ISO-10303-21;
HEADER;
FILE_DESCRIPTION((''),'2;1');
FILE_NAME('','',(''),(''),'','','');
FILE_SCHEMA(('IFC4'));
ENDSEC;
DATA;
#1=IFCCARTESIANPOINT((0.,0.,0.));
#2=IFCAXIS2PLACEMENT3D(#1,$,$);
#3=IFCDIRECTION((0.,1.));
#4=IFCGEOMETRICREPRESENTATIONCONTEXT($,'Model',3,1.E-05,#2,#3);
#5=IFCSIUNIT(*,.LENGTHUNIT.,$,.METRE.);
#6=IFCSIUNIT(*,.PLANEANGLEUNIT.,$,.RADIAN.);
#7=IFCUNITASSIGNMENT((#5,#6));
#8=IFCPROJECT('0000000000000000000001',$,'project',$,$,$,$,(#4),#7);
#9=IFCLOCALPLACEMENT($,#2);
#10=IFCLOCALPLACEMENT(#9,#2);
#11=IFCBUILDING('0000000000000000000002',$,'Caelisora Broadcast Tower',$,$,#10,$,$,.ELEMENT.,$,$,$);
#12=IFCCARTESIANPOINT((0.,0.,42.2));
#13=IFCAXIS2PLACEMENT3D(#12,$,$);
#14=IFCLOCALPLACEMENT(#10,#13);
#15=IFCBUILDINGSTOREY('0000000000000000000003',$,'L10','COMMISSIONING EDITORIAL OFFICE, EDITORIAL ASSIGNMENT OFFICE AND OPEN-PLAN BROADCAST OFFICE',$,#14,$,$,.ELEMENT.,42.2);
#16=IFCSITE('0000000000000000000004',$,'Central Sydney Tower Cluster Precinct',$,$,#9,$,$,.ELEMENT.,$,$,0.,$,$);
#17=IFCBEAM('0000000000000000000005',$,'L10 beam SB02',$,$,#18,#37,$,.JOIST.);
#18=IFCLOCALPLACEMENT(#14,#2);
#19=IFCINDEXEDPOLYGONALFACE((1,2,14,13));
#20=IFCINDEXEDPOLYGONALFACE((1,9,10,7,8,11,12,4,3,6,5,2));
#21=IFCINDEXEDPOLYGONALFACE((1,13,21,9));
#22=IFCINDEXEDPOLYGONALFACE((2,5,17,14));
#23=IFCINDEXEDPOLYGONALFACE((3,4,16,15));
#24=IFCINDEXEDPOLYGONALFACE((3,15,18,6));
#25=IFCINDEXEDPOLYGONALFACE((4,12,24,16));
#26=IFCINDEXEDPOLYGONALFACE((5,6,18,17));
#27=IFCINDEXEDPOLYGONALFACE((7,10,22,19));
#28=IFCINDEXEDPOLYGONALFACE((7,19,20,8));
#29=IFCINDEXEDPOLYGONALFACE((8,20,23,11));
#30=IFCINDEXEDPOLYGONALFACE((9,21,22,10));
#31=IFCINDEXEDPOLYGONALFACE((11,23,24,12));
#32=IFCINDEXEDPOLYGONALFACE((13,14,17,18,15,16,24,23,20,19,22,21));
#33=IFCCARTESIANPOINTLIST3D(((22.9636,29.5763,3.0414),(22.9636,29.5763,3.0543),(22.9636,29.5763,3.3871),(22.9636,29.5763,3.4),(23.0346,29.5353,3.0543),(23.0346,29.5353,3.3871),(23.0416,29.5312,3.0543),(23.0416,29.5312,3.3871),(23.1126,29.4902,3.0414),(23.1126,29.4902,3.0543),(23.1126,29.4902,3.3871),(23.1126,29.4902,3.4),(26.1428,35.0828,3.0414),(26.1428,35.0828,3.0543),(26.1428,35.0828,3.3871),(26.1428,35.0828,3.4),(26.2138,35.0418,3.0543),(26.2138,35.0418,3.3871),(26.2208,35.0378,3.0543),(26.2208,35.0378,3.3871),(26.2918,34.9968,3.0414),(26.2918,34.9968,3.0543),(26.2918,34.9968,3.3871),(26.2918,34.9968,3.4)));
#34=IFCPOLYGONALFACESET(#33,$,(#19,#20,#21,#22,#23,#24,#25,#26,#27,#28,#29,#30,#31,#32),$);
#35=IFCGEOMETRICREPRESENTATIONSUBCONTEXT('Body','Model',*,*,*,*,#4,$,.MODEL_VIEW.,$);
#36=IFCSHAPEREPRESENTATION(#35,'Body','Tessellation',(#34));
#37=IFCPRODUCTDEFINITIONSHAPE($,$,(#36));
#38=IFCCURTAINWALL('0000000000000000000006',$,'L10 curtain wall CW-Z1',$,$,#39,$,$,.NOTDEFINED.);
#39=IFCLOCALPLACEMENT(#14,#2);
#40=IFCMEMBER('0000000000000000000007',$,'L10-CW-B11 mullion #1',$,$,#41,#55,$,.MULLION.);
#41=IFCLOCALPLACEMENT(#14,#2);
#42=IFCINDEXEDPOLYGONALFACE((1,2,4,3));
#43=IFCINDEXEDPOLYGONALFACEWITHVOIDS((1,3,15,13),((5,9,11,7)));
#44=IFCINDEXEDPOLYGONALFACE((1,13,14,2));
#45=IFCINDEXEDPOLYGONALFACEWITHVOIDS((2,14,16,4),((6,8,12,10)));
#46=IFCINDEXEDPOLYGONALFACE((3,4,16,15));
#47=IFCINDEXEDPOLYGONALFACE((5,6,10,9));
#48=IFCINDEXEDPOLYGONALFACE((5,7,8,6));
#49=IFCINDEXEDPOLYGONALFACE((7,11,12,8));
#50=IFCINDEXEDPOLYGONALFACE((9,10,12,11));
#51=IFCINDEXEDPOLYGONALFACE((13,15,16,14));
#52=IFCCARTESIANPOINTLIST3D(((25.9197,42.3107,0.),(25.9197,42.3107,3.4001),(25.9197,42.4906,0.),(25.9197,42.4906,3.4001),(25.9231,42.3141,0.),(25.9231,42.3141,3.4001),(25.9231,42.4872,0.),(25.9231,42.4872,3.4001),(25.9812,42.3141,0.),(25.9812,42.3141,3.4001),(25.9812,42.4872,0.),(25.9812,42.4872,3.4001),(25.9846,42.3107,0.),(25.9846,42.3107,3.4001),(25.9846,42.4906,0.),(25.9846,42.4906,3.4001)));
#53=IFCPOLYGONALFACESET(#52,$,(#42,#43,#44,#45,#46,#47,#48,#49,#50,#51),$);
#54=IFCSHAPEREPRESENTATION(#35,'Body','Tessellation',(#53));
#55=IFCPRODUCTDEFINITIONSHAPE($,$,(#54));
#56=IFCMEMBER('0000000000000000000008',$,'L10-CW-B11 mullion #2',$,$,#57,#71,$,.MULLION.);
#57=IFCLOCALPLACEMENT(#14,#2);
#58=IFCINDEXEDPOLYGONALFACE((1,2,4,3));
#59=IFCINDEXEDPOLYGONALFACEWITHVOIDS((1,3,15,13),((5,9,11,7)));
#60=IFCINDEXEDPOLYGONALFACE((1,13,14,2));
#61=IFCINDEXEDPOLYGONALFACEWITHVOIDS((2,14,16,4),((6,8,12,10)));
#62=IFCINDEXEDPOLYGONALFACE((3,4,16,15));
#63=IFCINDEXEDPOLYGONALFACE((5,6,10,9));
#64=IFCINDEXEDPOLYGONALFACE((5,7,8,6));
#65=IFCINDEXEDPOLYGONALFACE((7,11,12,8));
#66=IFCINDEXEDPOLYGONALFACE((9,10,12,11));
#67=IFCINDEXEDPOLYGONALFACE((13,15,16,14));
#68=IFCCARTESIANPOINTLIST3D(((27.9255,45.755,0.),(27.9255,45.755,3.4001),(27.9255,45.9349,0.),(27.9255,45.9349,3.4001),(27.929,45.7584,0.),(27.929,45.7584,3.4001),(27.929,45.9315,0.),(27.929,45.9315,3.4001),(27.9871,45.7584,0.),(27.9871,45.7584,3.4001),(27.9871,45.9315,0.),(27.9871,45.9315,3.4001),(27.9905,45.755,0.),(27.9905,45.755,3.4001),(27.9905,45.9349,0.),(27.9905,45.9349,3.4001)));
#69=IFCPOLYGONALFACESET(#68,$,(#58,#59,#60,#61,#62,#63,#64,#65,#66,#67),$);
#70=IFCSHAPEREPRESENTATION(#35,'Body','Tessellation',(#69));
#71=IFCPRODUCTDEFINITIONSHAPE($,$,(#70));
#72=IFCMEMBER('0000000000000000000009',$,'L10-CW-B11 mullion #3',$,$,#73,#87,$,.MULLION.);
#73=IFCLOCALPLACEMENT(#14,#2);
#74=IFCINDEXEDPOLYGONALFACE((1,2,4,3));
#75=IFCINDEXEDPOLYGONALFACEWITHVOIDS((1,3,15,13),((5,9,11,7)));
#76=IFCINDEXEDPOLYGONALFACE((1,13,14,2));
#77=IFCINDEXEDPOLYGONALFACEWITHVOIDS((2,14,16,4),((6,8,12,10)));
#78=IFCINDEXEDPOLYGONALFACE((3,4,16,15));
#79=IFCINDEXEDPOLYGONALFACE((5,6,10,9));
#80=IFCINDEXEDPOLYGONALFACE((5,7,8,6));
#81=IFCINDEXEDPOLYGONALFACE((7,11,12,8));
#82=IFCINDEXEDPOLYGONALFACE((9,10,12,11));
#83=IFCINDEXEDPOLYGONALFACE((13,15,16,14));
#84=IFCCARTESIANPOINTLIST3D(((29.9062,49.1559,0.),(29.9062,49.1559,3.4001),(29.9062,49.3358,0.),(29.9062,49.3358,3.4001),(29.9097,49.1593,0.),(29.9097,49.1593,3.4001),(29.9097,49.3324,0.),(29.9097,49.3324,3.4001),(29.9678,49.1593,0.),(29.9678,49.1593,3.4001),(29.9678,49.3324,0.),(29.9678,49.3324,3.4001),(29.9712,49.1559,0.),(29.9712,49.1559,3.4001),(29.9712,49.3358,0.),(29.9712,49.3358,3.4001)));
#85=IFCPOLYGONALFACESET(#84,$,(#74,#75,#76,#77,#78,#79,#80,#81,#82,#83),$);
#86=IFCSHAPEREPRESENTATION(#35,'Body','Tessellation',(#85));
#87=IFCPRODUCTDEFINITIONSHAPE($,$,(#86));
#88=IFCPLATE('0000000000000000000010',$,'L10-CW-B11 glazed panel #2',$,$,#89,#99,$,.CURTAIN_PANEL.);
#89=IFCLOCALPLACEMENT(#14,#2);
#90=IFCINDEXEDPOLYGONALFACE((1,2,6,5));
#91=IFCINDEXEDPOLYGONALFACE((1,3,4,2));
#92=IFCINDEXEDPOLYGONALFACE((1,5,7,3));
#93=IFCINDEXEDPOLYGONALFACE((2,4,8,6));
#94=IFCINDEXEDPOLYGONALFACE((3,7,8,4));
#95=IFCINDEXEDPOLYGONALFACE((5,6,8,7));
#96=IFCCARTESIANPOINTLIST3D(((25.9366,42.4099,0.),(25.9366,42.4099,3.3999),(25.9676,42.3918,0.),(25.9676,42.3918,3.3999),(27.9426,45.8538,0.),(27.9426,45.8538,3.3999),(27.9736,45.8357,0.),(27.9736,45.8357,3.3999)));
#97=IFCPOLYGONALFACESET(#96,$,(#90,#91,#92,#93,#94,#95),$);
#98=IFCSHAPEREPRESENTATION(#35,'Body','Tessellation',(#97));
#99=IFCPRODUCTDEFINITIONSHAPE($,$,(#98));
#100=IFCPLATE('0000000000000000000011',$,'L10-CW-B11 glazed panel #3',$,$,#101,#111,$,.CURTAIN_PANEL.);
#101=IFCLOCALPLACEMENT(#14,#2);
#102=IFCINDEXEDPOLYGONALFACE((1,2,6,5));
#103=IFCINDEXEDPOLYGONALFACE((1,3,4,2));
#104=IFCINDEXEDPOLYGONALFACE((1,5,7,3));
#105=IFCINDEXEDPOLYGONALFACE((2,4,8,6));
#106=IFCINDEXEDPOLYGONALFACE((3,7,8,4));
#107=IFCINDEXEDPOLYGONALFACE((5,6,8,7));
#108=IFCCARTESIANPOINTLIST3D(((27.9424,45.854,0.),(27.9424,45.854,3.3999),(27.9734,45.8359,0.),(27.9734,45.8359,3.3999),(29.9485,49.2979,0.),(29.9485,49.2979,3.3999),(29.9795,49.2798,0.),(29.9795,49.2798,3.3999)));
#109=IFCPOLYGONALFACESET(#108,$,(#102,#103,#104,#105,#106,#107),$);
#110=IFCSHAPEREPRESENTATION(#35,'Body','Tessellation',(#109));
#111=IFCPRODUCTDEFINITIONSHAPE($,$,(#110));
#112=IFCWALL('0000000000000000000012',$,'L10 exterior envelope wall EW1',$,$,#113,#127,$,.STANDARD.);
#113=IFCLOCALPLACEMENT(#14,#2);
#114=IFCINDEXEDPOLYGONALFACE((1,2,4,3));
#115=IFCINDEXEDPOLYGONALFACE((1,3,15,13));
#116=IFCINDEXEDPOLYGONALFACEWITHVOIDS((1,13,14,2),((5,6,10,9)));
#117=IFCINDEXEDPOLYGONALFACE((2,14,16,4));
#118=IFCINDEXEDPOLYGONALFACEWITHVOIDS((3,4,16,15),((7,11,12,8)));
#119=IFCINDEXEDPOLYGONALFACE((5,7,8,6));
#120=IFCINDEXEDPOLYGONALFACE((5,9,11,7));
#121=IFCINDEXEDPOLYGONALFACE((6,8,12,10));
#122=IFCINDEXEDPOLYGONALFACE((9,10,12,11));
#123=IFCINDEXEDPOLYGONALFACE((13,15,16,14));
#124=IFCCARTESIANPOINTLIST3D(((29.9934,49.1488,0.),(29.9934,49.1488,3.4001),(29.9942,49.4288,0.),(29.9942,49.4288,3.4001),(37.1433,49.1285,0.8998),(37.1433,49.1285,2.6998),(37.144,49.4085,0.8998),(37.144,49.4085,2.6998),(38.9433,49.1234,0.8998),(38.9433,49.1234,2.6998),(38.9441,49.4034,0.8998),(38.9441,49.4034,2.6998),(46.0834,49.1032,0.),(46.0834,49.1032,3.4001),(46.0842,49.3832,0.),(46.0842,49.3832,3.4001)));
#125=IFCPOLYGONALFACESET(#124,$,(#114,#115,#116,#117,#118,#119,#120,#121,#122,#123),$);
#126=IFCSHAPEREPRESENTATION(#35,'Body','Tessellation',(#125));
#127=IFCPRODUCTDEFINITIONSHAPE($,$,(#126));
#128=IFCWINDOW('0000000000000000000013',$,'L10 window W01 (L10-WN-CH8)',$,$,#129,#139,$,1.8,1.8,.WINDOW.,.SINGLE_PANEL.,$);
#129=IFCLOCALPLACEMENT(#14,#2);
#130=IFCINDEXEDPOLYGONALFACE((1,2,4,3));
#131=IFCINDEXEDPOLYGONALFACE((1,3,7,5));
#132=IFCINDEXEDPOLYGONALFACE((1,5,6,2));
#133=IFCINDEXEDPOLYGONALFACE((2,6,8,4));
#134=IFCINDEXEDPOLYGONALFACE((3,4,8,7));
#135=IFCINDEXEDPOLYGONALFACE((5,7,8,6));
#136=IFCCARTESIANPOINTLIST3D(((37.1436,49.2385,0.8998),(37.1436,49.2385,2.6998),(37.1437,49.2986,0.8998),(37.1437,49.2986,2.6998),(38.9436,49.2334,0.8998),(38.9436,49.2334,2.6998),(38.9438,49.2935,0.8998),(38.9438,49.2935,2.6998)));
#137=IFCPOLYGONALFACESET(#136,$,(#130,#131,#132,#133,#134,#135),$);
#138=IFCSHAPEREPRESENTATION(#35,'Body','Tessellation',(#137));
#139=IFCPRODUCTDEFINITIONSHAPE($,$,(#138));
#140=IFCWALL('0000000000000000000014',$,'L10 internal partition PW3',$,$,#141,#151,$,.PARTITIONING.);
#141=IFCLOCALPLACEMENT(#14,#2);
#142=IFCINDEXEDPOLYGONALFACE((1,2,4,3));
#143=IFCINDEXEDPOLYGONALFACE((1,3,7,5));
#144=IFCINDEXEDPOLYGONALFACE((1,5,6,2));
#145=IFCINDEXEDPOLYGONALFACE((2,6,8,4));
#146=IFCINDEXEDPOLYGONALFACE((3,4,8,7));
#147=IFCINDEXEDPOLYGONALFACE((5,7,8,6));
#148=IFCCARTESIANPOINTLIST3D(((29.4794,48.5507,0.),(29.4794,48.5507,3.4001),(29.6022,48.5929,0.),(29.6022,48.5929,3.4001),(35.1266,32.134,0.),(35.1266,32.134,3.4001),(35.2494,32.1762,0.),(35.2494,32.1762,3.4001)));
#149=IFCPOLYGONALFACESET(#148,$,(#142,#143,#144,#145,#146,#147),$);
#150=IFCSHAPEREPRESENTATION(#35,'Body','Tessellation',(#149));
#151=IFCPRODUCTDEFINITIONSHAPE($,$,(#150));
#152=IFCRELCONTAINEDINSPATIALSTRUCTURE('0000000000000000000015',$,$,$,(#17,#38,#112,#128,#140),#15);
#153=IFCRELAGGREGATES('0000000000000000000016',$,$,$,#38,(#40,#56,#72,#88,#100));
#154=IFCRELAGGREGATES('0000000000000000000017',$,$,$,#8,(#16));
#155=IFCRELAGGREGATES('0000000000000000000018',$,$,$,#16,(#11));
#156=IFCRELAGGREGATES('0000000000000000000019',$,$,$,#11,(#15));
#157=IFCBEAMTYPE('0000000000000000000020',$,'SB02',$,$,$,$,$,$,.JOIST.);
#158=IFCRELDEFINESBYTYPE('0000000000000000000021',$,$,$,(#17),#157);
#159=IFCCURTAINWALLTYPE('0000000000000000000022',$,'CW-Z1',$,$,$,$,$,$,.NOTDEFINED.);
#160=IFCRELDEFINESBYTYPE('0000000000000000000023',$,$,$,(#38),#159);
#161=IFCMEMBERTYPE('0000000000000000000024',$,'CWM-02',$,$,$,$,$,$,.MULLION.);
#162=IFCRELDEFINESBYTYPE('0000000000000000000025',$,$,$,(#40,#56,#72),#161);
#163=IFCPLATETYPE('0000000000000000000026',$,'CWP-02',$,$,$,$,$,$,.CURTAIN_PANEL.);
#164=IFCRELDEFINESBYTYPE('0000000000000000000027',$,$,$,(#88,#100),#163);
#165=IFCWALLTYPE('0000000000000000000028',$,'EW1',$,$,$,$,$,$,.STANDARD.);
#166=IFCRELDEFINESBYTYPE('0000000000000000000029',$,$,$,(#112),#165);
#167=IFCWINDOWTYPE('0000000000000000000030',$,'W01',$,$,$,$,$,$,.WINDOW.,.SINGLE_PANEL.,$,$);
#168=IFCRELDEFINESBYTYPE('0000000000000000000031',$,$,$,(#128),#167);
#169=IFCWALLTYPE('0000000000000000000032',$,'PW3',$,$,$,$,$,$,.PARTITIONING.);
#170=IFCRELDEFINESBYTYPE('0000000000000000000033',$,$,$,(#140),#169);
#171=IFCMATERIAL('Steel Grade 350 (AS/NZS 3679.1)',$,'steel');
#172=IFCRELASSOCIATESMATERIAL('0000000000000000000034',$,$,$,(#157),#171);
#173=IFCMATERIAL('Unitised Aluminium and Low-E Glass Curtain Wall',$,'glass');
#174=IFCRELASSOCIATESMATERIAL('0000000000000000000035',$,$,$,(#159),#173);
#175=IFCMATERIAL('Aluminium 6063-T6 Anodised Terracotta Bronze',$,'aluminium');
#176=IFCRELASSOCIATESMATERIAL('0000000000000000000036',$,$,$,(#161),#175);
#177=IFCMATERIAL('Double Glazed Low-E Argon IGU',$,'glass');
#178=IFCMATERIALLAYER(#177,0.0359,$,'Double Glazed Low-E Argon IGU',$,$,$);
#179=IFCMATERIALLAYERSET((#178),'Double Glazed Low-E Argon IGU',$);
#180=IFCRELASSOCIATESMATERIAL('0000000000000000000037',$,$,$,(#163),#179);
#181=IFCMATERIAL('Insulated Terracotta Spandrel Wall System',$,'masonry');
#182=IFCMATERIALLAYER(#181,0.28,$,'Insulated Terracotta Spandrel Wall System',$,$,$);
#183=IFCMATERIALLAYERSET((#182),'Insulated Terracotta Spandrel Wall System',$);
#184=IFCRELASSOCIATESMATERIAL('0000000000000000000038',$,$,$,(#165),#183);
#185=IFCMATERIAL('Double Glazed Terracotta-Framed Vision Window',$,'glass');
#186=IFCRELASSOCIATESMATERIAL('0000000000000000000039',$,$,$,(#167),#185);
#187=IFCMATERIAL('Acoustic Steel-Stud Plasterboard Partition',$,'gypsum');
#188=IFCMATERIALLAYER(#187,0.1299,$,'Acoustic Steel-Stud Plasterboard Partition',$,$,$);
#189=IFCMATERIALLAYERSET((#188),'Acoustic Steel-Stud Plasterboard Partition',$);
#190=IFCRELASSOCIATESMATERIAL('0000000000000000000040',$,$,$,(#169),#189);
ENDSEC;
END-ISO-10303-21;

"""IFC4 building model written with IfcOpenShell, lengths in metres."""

from ifc_helpers import new_model, si_unit, direction, frame, frame_2d, origin, origin_2d, place, context, subcontext, project, spatial, rectangle, hollow_rectangle, i_section, extrude, source, transform, mapped, material, layer, layer_set, material_profile, profile_set, type_object, type_shapes, element, fill, aggregate, save


model = new_model("IFC4")

# Units and contexts
model_context = context("Model", 3, precision=1e-05, world=origin(), true_north=direction((0.0, 1.0)))
body_context = subcontext(model_context, "Body", "Model", "MODEL_VIEW")
ifc_project = project(units=[si_unit("LENGTHUNIT", "METRE"), si_unit("PLANEANGLEUNIT", "RADIAN")], contexts=[model_context])

# Site, building, storey
site_placement = place(None, origin())
site = spatial("IfcSite", under=ifc_project, at=site_placement, Name="Central Sydney Tower Cluster Precinct", CompositionType="ELEMENT", RefElevation=0.0)
building_placement = place(site_placement, origin())
building = spatial("IfcBuilding", under=site, at=building_placement, Name="Caelisora Broadcast Tower", CompositionType="ELEMENT")
storey_placement = place(building_placement, frame((0.0, 0.0, 42.2)))
storey = spatial("IfcBuildingStorey", under=building, at=storey_placement, Name="L10", Description="COMMISSIONING EDITORIAL OFFICE, EDITORIAL ASSIGNMENT OFFICE AND OPEN-PLAN BROADCAST OFFICE", CompositionType="ELEMENT", Elevation=42.2)

# Beam
ifc_material_1 = material(Name="Steel Grade 350 (AS/NZS 3679.1)", Category="steel")
ifc_material_profile_1 = material_profile(ifc_material_1, i_section(OverallWidth=0.1721, OverallDepth=0.3586, WebThickness=0.0081, FlangeThickness=0.0129, at=origin_2d()), Name="Steel Grade 350 (AS/NZS 3679.1)")
ifc_profile_set_1 = profile_set([ifc_material_profile_1], Name="Steel Grade 350 (AS/NZS 3679.1)")
beam_type_1 = type_object("IfcBeamType", Name="SB02", PredefinedType="JOIST", material=ifc_profile_set_1)
shared_shape_1 = source(origin(), body_context, "Body", "SweptSolid", [
    extrude(i_section(OverallWidth=0.1721, OverallDepth=0.3586, WebThickness=0.0081, FlangeThickness=0.0129, at=origin_2d()), origin(), (0.0, 0.0, 1.0), 6.3584),
])
beam_1_placement = place(storey_placement, frame((26.2173, 35.0398, 3.2207), z_axis=(-0.499996, -0.866028, 0.0), x_axis=(0.866028, -0.499996, 0.0)))
element("IfcBeam", 1, at=beam_1_placement, inside=storey, type_object=beam_type_1, Name="L10 beam SB02", PredefinedType="JOIST", context=body_context, shape_type="MappedRepresentation", body=[
    mapped(shared_shape_1, transform((0.0, 0.0, 0.0), scale=1.0)),
])

# Curtain wall, members, plates
ifc_material_2 = material(Name="Unitised Aluminium and Low-E Glass Curtain Wall", Category="glass")
curtain_wall_type = type_object("IfcCurtainWallType", Name="CW-Z1", PredefinedType="NOTDEFINED", material=ifc_material_2)
curtain_wall_placement = place(storey_placement, origin())
curtain_wall = element("IfcCurtainWall", 2, at=curtain_wall_placement, inside=storey, type_object=curtain_wall_type, Name="L10 curtain wall CW-Z1", PredefinedType="NOTDEFINED")
ifc_material_3 = material(Name="Aluminium 6063-T6 Anodised Terracotta Bronze", Category="aluminium")
ifc_material_profile_2 = material_profile(ifc_material_3, hollow_rectangle(XDim=0.0649, YDim=0.1799, WallThickness=0.0034, at=origin_2d()), Name="Aluminium 6063-T6 Anodised Terracotta Bronze")
ifc_profile_set_2 = profile_set([ifc_material_profile_2], Name="Aluminium 6063-T6 Anodised Terracotta Bronze")
member_type = type_object("IfcMemberType", Name="CWM-02", PredefinedType="MULLION", material=ifc_profile_set_2)
shared_shape_2 = source(origin(), body_context, "Body", "SweptSolid", [
    extrude(hollow_rectangle(XDim=0.0649, YDim=0.1799, WallThickness=0.0034, at=origin_2d()), origin(), (0.0, 0.0, 1.0), 3.4001),
])
type_shapes(member_type, [shared_shape_2])
member_1_placement = place(storey_placement, frame((25.9521, 42.4006, 0.0), z_axis=(0.0, 0.0, 1.0), x_axis=(1.0, 0.0, 0.0)))
member_1 = element("IfcMember", 3, at=member_1_placement, type_object=member_type, Name="L10-CW-B11 mullion #1", PredefinedType="MULLION", context=body_context, shape_type="MappedRepresentation", body=[
    mapped(shared_shape_2, transform((0.0, 0.0, 0.0), scale=1.0)),
])
member_2_placement = place(storey_placement, frame((27.958, 45.845, 0.0), z_axis=(0.0, 0.0, 1.0), x_axis=(1.0, 0.0, 0.0)))
member_2 = element("IfcMember", 4, at=member_2_placement, type_object=member_type, Name="L10-CW-B11 mullion #2", PredefinedType="MULLION", context=body_context, shape_type="MappedRepresentation", body=[
    mapped(shared_shape_2, transform((0.0, 0.0, 0.0), scale=1.0)),
])
member_3_placement = place(storey_placement, frame((29.9387, 49.2458, 0.0), z_axis=(0.0, 0.0, 1.0), x_axis=(1.0, 0.0, 0.0)))
member_3 = element("IfcMember", 5, at=member_3_placement, type_object=member_type, Name="L10-CW-B11 mullion #3", PredefinedType="MULLION", context=body_context, shape_type="MappedRepresentation", body=[
    mapped(shared_shape_2, transform((0.0, 0.0, 0.0), scale=1.0)),
])
ifc_material_4 = material(Name="Double Glazed Low-E Argon IGU", Category="glass")
ifc_layer_1 = layer(ifc_material_4, 0.0359, Name="Double Glazed Low-E Argon IGU")
ifc_layer_set_1 = layer_set([ifc_layer_1], Name="Double Glazed Low-E Argon IGU")
plate_type = type_object("IfcPlateType", Name="CWP-02", PredefinedType="CURTAIN_PANEL", material=ifc_layer_set_1)
shared_shape_3 = source(origin(), body_context, "Body", "SweptSolid", [
    extrude(rectangle(XDim=3.9856, YDim=0.0359, at=origin_2d()), origin(), (0.0, 0.0, 1.0), 3.3999),
])
type_shapes(plate_type, [shared_shape_3])
plate_1_placement = place(storey_placement, frame((26.9551, 44.1228, 0.0), z_axis=(0.0, 0.0, 1.0), x_axis=(0.503322, 0.864099, 0.0)))
plate_1 = element("IfcPlate", 6, at=plate_1_placement, type_object=plate_type, Name="L10-CW-B11 glazed panel #2", PredefinedType="CURTAIN_PANEL", context=body_context, shape_type="MappedRepresentation", body=[
    mapped(shared_shape_3, transform((0.0, 0.0, 0.0), scale=1.0)),
])
plate_2_placement = place(storey_placement, frame((28.9609, 47.5669, 0.0), z_axis=(0.0, 0.0, 1.0), x_axis=(0.503322, 0.864099, 0.0)))
plate_2 = element("IfcPlate", 7, at=plate_2_placement, type_object=plate_type, Name="L10-CW-B11 glazed panel #3", PredefinedType="CURTAIN_PANEL", context=body_context, shape_type="MappedRepresentation", body=[
    mapped(shared_shape_3, transform((0.0, 0.0, 0.0), scale=1.0)),
])
aggregate(curtain_wall, [member_1, member_2, member_3, plate_1, plate_2])

# Wall, opening, window
ifc_material_5 = material(Name="Insulated Terracotta Spandrel Wall System", Category="masonry")
ifc_layer_2 = layer(ifc_material_5, 0.28, Name="Insulated Terracotta Spandrel Wall System")
ifc_layer_set_2 = layer_set([ifc_layer_2], Name="Insulated Terracotta Spandrel Wall System")
wall_type_1 = type_object("IfcWallType", Name="EW1", PredefinedType="STANDARD", material=ifc_layer_set_2)
wall_1_placement = place(storey_placement, frame((29.9939, 49.2888, 0.0), z_axis=(0.0, 0.0, 1.0), x_axis=(0.999996, -0.002837, 0.0)))
wall_1 = element("IfcWall", 8, at=wall_1_placement, inside=storey, type_object=wall_type_1, Name="L10 exterior envelope wall EW1", PredefinedType="STANDARD", context=body_context, shape_type="SweptSolid", body=[
    extrude(rectangle(XDim=16.0901, YDim=0.28, at=frame_2d((8.0449, 0.0))), origin(), (0.0, 0.0, 1.0), 3.4001),
])
opening_1_placement = place(wall_1_placement, frame((7.1499, 0.0, 0.8999)))
opening_1 = element("IfcOpeningElement", 9, at=opening_1_placement, cuts=wall_1, PredefinedType="OPENING", context=body_context, shape_type="SweptSolid", body=[
    extrude(rectangle(XDim=1.8, YDim=1.8, at=frame_2d((0.8999, 0.8999))), frame((0.0, 0.1521, 0.0), z_axis=(0.0, -1.0, 0.0), x_axis=(1.0, 0.0, 0.0)), (0.0, 0.0, 1.0), 0.304),
])
ifc_material_6 = material(Name="Double Glazed Terracotta-Framed Vision Window", Category="glass")
window_type = type_object("IfcWindowType", Name="W01", PartitioningType="SINGLE_PANEL", PredefinedType="WINDOW", material=ifc_material_6)
window_placement = place(opening_1_placement, origin())
window = element("IfcWindow", 10, at=window_placement, inside=storey, type_object=window_type, Name="L10 window W01 (L10-WN-CH8)", OverallHeight=1.8, OverallWidth=1.8, PartitioningType="SINGLE_PANEL", PredefinedType="WINDOW", context=body_context, shape_type="SweptSolid", body=[
    extrude(rectangle(XDim=1.8, YDim=1.8, at=frame_2d((0.8999, 0.8999))), frame((0.0, 0.03, 0.0), z_axis=(0.0, -1.0, 0.0), x_axis=(1.0, 0.0, 0.0)), (0.0, 0.0, 1.0), 0.0601),
])
fill(opening_1, window)

# Wall
ifc_material_7 = material(Name="Acoustic Steel-Stud Plasterboard Partition", Category="gypsum")
ifc_layer_3 = layer(ifc_material_7, 0.1299, Name="Acoustic Steel-Stud Plasterboard Partition")
ifc_layer_set_3 = layer_set([ifc_layer_3], Name="Acoustic Steel-Stud Plasterboard Partition")
wall_type_2 = type_object("IfcWallType", Name="PW3", PredefinedType="PARTITIONING", material=ifc_layer_set_3)
wall_2_placement = place(storey_placement, frame((29.5408, 48.5718, 0.0), z_axis=(0.0, 0.0, 1.0), x_axis=(0.325284, -0.945616, 0.0)))
element("IfcWall", 11, at=wall_2_placement, inside=storey, type_object=wall_type_2, Name="L10 internal partition PW3", PredefinedType="PARTITIONING", context=body_context, shape_type="SweptSolid", body=[
    extrude(rectangle(XDim=17.3608, YDim=0.1299, at=frame_2d((8.6804, 0.0))), origin(), (0.0, 0.0, 1.0), 3.4001),
])

save(model, "model.ifc")
